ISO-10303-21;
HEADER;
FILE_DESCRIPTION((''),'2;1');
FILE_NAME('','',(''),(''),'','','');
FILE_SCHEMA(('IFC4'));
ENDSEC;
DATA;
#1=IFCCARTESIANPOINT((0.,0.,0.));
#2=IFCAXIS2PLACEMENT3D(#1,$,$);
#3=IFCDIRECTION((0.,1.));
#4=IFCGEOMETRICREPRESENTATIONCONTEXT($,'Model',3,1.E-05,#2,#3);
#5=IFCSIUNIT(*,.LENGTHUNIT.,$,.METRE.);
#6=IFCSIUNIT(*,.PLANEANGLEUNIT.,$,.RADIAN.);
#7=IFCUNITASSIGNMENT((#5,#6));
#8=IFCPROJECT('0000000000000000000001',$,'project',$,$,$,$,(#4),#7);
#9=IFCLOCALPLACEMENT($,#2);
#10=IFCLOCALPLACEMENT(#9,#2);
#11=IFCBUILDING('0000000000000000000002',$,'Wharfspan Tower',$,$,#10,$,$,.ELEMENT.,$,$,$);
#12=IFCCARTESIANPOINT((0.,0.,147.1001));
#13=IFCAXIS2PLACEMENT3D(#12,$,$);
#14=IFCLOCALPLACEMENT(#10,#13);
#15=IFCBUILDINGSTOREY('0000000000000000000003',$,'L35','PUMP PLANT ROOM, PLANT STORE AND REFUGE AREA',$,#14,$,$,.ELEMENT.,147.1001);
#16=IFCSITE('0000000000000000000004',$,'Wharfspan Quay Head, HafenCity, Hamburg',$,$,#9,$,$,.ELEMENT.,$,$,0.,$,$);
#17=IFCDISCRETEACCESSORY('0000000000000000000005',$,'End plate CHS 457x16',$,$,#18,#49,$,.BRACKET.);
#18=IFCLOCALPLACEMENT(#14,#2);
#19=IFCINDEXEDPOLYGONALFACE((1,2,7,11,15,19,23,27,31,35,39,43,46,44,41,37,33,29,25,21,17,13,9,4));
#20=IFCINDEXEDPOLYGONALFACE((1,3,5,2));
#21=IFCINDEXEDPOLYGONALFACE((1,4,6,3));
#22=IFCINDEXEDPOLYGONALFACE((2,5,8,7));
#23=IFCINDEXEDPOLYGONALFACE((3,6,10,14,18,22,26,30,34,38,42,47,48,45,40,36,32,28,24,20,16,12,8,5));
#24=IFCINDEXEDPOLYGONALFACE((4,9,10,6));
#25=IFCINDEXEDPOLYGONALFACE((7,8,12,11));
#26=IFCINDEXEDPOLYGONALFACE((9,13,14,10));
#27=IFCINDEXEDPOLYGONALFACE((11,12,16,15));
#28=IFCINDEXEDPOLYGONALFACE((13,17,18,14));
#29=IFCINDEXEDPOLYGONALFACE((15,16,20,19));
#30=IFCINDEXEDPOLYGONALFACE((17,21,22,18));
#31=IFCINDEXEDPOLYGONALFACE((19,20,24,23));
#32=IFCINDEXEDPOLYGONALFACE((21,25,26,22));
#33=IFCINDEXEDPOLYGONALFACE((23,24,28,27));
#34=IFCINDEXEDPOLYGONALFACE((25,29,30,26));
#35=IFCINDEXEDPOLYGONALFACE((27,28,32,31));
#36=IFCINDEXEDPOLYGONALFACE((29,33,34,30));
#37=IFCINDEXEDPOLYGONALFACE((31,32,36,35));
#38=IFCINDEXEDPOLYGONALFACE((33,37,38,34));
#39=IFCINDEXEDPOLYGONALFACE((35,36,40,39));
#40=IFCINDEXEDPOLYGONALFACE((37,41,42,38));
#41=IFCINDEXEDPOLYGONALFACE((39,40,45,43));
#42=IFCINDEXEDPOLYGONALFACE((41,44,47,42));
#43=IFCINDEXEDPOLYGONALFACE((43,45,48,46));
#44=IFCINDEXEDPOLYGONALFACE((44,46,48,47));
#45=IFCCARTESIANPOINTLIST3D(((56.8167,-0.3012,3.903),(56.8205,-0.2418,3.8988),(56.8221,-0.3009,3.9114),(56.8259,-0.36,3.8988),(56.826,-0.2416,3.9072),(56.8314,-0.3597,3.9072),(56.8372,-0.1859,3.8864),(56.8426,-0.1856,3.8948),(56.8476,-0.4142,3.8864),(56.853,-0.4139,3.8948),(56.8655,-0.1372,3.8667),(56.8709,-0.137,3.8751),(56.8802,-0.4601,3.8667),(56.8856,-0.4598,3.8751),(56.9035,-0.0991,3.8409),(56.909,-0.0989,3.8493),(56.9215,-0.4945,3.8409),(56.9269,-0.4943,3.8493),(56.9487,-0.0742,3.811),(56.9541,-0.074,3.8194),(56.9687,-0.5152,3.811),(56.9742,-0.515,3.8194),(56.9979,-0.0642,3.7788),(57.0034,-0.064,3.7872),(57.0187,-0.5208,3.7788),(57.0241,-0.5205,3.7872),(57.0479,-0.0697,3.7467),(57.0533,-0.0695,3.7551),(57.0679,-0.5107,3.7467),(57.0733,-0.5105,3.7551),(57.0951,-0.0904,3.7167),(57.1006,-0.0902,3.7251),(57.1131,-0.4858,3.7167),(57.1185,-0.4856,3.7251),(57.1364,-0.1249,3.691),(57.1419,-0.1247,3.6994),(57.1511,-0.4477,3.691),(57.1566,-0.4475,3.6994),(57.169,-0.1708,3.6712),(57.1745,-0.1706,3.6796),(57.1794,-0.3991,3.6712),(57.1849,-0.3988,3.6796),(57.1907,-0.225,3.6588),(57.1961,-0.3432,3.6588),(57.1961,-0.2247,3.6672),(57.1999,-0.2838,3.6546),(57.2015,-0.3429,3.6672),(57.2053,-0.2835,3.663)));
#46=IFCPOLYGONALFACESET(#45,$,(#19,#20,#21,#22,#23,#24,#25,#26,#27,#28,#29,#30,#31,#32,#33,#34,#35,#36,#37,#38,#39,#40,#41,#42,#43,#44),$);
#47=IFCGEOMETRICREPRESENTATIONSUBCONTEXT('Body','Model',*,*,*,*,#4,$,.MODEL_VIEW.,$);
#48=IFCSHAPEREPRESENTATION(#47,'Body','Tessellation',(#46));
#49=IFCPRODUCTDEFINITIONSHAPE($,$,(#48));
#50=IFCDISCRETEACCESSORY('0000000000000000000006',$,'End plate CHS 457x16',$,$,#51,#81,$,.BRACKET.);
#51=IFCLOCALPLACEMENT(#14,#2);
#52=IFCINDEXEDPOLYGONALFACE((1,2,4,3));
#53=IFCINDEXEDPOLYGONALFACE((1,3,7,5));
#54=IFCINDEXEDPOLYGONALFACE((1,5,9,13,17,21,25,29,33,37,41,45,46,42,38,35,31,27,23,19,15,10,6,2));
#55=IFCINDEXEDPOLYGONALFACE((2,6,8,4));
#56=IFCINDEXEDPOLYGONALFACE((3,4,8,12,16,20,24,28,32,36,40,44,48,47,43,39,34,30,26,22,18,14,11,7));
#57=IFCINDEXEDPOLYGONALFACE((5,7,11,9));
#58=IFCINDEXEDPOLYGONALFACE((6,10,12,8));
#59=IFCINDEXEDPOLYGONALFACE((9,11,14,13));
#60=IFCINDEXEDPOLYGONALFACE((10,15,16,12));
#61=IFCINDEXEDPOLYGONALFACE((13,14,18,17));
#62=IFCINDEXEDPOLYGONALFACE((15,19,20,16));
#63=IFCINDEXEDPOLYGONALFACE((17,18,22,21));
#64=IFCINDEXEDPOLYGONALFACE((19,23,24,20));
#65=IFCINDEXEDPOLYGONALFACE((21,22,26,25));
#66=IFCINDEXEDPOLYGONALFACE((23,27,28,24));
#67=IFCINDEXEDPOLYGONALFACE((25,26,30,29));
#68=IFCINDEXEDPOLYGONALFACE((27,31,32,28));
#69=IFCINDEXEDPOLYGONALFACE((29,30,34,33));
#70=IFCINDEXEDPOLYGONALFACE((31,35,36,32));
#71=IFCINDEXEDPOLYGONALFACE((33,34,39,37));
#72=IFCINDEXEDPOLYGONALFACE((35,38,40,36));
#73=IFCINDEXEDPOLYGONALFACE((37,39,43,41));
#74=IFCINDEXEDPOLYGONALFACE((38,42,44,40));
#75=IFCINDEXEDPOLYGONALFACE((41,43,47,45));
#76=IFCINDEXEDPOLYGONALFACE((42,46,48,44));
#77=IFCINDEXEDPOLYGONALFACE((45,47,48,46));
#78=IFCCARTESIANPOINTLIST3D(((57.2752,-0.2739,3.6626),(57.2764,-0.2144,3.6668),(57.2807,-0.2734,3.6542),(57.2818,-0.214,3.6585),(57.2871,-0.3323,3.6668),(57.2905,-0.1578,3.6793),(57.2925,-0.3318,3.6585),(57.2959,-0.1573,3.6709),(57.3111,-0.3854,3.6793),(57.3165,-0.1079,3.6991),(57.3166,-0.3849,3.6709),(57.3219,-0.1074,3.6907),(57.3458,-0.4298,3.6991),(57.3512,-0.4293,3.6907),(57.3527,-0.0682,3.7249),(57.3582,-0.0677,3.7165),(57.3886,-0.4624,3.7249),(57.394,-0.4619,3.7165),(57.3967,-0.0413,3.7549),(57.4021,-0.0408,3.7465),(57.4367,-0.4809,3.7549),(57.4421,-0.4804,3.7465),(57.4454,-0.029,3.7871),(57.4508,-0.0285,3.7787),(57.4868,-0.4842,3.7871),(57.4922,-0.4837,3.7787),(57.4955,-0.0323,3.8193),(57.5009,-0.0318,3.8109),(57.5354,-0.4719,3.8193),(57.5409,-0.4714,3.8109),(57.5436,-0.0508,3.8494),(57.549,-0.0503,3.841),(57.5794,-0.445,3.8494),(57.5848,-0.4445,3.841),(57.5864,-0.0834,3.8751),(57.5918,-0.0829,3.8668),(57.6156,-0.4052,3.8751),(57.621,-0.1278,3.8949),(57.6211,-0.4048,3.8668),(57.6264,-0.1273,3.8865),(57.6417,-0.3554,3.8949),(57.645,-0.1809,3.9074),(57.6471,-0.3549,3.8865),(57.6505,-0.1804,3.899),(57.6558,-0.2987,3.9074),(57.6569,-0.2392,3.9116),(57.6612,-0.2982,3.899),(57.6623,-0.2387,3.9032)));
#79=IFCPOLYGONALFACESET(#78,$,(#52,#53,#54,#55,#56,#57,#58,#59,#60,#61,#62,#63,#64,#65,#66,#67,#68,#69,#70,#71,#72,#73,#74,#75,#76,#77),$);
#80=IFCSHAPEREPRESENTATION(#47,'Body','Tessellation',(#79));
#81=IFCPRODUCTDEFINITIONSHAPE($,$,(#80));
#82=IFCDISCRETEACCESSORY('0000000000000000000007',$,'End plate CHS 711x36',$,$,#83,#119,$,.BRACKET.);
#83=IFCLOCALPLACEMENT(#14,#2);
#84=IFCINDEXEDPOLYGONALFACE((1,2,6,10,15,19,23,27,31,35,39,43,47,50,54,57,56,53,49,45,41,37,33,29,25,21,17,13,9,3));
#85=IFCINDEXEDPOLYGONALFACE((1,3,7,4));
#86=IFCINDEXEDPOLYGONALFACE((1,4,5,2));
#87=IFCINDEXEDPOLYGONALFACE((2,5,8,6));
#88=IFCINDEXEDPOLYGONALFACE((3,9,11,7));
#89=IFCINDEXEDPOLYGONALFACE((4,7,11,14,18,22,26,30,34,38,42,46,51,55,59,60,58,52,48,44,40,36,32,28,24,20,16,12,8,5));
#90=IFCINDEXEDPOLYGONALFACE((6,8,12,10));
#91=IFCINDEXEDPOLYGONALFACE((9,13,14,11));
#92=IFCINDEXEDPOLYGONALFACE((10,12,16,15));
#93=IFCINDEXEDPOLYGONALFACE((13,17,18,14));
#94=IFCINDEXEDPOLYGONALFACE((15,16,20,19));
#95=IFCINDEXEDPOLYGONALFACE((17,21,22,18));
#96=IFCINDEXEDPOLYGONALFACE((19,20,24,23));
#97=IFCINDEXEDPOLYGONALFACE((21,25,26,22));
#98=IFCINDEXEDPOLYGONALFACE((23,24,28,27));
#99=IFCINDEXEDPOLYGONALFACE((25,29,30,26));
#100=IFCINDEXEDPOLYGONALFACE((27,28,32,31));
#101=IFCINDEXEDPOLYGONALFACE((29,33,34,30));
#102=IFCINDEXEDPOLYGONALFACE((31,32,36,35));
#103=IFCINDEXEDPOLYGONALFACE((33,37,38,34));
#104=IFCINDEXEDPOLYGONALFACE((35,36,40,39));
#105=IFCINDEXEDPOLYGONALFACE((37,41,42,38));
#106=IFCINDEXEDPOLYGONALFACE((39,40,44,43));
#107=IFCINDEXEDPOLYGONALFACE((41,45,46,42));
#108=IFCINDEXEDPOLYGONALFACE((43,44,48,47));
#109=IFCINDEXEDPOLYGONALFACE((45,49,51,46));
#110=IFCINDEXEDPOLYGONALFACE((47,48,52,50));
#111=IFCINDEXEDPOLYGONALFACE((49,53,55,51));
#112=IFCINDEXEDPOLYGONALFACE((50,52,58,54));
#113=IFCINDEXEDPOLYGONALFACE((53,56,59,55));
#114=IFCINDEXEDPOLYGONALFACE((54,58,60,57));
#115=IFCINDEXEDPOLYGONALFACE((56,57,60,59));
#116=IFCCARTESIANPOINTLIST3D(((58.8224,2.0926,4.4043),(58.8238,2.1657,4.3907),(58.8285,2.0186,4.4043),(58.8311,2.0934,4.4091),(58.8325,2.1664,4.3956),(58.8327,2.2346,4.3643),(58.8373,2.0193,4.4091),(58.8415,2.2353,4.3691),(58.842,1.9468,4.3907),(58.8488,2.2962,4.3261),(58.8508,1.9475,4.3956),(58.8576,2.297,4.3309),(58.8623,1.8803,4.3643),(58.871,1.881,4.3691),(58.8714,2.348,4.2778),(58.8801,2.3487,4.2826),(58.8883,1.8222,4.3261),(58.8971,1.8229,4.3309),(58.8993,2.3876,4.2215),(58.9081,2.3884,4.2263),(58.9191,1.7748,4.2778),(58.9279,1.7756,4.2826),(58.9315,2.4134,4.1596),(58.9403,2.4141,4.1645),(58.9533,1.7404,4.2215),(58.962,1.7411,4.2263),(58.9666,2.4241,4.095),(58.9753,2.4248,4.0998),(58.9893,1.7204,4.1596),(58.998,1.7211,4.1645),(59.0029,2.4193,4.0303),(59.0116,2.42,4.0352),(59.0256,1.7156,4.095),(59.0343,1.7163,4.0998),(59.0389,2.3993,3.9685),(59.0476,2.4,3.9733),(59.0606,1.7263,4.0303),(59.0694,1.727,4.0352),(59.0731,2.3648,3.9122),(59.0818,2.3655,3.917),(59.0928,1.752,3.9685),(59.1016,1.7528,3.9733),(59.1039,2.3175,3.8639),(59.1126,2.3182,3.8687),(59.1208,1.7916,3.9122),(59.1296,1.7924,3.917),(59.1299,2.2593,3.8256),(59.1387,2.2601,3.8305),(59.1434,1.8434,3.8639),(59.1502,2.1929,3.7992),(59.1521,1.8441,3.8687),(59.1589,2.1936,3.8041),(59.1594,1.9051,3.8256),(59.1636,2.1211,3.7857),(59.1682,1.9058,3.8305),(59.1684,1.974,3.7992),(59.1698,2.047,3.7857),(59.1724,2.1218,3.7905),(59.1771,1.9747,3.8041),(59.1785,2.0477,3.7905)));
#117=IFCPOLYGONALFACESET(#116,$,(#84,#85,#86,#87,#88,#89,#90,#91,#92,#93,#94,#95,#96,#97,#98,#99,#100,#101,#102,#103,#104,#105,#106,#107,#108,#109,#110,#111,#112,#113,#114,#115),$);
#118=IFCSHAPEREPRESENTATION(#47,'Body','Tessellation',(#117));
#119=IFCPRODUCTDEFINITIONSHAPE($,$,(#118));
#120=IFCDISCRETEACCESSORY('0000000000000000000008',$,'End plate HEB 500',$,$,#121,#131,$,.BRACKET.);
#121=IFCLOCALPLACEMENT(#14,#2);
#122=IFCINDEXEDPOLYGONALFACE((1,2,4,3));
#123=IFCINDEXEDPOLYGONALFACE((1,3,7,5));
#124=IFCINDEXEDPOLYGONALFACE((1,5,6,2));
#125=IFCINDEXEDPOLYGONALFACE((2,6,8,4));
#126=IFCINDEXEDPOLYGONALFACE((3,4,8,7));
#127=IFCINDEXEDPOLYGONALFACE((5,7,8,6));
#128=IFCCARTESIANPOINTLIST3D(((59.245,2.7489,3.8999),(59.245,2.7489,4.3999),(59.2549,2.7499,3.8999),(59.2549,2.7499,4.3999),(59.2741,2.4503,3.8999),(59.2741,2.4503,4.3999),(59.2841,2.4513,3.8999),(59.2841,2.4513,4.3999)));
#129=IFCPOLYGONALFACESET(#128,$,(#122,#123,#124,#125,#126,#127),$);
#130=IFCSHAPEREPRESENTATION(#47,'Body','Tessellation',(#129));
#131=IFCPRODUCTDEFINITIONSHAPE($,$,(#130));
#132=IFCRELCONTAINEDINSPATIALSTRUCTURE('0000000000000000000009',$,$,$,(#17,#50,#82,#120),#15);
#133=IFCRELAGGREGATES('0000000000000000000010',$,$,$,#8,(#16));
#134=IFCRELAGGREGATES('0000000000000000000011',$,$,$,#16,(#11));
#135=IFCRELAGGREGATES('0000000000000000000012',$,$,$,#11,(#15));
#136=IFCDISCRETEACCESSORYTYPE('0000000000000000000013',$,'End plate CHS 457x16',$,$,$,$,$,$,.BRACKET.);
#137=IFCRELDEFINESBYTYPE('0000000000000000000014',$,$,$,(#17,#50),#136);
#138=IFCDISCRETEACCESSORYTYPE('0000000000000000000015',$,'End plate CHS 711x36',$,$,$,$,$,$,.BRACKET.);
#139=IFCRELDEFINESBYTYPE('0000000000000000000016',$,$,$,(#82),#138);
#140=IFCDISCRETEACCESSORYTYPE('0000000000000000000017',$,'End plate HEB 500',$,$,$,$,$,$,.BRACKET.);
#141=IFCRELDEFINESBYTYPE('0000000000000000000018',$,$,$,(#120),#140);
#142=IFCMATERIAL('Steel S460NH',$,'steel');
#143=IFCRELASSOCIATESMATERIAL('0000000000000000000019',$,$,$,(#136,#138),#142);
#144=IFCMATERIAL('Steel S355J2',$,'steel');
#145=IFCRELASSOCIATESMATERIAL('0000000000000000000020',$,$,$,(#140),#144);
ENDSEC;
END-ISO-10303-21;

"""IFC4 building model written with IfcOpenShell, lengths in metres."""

from ifc_helpers import new_model, si_unit, direction, frame, origin, origin_2d, place, context, subcontext, project, spatial, rectangle, circle, extrude, material, material_profile, profile_set, type_object, element, save


model = new_model("IFC4")

# Units and contexts
model_context = context("Model", 3, precision=1e-05, world=origin(), true_north=direction((0.0, 1.0)))
body_context = subcontext(model_context, "Body", "Model", "MODEL_VIEW")
ifc_project = project(units=[si_unit("LENGTHUNIT", "METRE"), si_unit("PLANEANGLEUNIT", "RADIAN")], contexts=[model_context])

# Site, building, storey
site_placement = place(None, origin())
site = spatial("IfcSite", under=ifc_project, at=site_placement, Name="Wharfspan Quay Head, HafenCity, Hamburg", CompositionType="ELEMENT", RefElevation=0.0)
building_placement = place(site_placement, origin())
building = spatial("IfcBuilding", under=site, at=building_placement, Name="Wharfspan Tower", CompositionType="ELEMENT")
storey_placement = place(building_placement, frame((0.0, 0.0, 147.1001)))
storey = spatial("IfcBuildingStorey", under=building, at=storey_placement, Name="L35", Description="PUMP PLANT ROOM, PLANT STORE AND REFUGE AREA", CompositionType="ELEMENT", Elevation=147.1001)

# Shared definitions
ifc_material_1 = material(Name="Steel S355J2", Category="steel")

# Shared definitions
ifc_material_2 = material(Name="Steel S460NH", Category="steel")

# Discrete accessories
ifc_material_profile_1 = material_profile(ifc_material_2, circle(Radius=0.2285, at=origin_2d()))
ifc_profile_set_1 = profile_set([ifc_material_profile_1], Name="Steel S460NH")
discrete_accessory_type_1 = type_object("IfcDiscreteAccessoryType", Name="End plate CHS 457x16", PredefinedType="BRACKET", material=ifc_profile_set_1)
for number, where, z_axis, x_axis, name in (
    (1, (57.0083, -0.2925, 3.7788), (0.543086, 0.024686, 0.839314), (-0.045408, 0.998965, 0.0), "End plate CHS 457x16"),
    (2, (57.4661, -0.2566, 3.7871), (0.54259, 0.049326, -0.838548), (-0.090535, 0.995892, 0.0), "End plate CHS 457x16"),
):
    element("IfcDiscreteAccessory", number, at=place(storey_placement, frame(where, z_axis=z_axis, x_axis=x_axis)), inside=storey, type_object=discrete_accessory_type_1, Name=name, PredefinedType="BRACKET", context=body_context, shape_type="SweptSolid", body=[
        extrude(circle(Radius=0.2285, at=origin_2d()), origin(), (0.0, 0.0, 1.0), 0.01),
    ])
ifc_material_profile_2 = material_profile(ifc_material_2, circle(Radius=0.3555, at=origin_2d()))
ifc_profile_set_2 = profile_set([ifc_material_profile_2], Name="Steel S460NH")
discrete_accessory_type_2 = type_object("IfcDiscreteAccessoryType", Name="End plate CHS 711x36", PredefinedType="BRACKET", material=ifc_profile_set_2)
discrete_accessory_1_placement = place(storey_placement, frame((58.9961, 2.0698, 4.095), z_axis=(0.871847, 0.072654, 0.484359), x_axis=(-0.083044, 0.996547, -0.000003)))
element("IfcDiscreteAccessory", 3, at=discrete_accessory_1_placement, inside=storey, type_object=discrete_accessory_type_2, Name="End plate CHS 711x36", PredefinedType="BRACKET", context=body_context, shape_type="SweptSolid", body=[
    extrude(circle(Radius=0.3555, at=origin_2d()), origin(), (0.0, 0.0, 1.0), 0.01),
])
ifc_material_profile_3 = material_profile(ifc_material_1, rectangle(XDim=0.3, YDim=0.5, at=origin_2d()))
ifc_profile_set_3 = profile_set([ifc_material_profile_3], Name="Steel S355J2")
discrete_accessory_type_3 = type_object("IfcDiscreteAccessoryType", Name="End plate HEB 500", PredefinedType="BRACKET", material=ifc_profile_set_3)
discrete_accessory_2_placement = place(storey_placement, frame((59.2595, 2.5996, 4.1499), z_axis=(0.995275, 0.0971, 0.0), x_axis=(-0.0971, 0.995275, 0.0)))
element("IfcDiscreteAccessory", 4, at=discrete_accessory_2_placement, inside=storey, type_object=discrete_accessory_type_3, Name="End plate HEB 500", PredefinedType="BRACKET", context=body_context, shape_type="SweptSolid", body=[
    extrude(rectangle(XDim=0.3, YDim=0.5, at=origin_2d()), origin(), (0.0, 0.0, 1.0), 0.01),
])

save(model, "model.ifc")
